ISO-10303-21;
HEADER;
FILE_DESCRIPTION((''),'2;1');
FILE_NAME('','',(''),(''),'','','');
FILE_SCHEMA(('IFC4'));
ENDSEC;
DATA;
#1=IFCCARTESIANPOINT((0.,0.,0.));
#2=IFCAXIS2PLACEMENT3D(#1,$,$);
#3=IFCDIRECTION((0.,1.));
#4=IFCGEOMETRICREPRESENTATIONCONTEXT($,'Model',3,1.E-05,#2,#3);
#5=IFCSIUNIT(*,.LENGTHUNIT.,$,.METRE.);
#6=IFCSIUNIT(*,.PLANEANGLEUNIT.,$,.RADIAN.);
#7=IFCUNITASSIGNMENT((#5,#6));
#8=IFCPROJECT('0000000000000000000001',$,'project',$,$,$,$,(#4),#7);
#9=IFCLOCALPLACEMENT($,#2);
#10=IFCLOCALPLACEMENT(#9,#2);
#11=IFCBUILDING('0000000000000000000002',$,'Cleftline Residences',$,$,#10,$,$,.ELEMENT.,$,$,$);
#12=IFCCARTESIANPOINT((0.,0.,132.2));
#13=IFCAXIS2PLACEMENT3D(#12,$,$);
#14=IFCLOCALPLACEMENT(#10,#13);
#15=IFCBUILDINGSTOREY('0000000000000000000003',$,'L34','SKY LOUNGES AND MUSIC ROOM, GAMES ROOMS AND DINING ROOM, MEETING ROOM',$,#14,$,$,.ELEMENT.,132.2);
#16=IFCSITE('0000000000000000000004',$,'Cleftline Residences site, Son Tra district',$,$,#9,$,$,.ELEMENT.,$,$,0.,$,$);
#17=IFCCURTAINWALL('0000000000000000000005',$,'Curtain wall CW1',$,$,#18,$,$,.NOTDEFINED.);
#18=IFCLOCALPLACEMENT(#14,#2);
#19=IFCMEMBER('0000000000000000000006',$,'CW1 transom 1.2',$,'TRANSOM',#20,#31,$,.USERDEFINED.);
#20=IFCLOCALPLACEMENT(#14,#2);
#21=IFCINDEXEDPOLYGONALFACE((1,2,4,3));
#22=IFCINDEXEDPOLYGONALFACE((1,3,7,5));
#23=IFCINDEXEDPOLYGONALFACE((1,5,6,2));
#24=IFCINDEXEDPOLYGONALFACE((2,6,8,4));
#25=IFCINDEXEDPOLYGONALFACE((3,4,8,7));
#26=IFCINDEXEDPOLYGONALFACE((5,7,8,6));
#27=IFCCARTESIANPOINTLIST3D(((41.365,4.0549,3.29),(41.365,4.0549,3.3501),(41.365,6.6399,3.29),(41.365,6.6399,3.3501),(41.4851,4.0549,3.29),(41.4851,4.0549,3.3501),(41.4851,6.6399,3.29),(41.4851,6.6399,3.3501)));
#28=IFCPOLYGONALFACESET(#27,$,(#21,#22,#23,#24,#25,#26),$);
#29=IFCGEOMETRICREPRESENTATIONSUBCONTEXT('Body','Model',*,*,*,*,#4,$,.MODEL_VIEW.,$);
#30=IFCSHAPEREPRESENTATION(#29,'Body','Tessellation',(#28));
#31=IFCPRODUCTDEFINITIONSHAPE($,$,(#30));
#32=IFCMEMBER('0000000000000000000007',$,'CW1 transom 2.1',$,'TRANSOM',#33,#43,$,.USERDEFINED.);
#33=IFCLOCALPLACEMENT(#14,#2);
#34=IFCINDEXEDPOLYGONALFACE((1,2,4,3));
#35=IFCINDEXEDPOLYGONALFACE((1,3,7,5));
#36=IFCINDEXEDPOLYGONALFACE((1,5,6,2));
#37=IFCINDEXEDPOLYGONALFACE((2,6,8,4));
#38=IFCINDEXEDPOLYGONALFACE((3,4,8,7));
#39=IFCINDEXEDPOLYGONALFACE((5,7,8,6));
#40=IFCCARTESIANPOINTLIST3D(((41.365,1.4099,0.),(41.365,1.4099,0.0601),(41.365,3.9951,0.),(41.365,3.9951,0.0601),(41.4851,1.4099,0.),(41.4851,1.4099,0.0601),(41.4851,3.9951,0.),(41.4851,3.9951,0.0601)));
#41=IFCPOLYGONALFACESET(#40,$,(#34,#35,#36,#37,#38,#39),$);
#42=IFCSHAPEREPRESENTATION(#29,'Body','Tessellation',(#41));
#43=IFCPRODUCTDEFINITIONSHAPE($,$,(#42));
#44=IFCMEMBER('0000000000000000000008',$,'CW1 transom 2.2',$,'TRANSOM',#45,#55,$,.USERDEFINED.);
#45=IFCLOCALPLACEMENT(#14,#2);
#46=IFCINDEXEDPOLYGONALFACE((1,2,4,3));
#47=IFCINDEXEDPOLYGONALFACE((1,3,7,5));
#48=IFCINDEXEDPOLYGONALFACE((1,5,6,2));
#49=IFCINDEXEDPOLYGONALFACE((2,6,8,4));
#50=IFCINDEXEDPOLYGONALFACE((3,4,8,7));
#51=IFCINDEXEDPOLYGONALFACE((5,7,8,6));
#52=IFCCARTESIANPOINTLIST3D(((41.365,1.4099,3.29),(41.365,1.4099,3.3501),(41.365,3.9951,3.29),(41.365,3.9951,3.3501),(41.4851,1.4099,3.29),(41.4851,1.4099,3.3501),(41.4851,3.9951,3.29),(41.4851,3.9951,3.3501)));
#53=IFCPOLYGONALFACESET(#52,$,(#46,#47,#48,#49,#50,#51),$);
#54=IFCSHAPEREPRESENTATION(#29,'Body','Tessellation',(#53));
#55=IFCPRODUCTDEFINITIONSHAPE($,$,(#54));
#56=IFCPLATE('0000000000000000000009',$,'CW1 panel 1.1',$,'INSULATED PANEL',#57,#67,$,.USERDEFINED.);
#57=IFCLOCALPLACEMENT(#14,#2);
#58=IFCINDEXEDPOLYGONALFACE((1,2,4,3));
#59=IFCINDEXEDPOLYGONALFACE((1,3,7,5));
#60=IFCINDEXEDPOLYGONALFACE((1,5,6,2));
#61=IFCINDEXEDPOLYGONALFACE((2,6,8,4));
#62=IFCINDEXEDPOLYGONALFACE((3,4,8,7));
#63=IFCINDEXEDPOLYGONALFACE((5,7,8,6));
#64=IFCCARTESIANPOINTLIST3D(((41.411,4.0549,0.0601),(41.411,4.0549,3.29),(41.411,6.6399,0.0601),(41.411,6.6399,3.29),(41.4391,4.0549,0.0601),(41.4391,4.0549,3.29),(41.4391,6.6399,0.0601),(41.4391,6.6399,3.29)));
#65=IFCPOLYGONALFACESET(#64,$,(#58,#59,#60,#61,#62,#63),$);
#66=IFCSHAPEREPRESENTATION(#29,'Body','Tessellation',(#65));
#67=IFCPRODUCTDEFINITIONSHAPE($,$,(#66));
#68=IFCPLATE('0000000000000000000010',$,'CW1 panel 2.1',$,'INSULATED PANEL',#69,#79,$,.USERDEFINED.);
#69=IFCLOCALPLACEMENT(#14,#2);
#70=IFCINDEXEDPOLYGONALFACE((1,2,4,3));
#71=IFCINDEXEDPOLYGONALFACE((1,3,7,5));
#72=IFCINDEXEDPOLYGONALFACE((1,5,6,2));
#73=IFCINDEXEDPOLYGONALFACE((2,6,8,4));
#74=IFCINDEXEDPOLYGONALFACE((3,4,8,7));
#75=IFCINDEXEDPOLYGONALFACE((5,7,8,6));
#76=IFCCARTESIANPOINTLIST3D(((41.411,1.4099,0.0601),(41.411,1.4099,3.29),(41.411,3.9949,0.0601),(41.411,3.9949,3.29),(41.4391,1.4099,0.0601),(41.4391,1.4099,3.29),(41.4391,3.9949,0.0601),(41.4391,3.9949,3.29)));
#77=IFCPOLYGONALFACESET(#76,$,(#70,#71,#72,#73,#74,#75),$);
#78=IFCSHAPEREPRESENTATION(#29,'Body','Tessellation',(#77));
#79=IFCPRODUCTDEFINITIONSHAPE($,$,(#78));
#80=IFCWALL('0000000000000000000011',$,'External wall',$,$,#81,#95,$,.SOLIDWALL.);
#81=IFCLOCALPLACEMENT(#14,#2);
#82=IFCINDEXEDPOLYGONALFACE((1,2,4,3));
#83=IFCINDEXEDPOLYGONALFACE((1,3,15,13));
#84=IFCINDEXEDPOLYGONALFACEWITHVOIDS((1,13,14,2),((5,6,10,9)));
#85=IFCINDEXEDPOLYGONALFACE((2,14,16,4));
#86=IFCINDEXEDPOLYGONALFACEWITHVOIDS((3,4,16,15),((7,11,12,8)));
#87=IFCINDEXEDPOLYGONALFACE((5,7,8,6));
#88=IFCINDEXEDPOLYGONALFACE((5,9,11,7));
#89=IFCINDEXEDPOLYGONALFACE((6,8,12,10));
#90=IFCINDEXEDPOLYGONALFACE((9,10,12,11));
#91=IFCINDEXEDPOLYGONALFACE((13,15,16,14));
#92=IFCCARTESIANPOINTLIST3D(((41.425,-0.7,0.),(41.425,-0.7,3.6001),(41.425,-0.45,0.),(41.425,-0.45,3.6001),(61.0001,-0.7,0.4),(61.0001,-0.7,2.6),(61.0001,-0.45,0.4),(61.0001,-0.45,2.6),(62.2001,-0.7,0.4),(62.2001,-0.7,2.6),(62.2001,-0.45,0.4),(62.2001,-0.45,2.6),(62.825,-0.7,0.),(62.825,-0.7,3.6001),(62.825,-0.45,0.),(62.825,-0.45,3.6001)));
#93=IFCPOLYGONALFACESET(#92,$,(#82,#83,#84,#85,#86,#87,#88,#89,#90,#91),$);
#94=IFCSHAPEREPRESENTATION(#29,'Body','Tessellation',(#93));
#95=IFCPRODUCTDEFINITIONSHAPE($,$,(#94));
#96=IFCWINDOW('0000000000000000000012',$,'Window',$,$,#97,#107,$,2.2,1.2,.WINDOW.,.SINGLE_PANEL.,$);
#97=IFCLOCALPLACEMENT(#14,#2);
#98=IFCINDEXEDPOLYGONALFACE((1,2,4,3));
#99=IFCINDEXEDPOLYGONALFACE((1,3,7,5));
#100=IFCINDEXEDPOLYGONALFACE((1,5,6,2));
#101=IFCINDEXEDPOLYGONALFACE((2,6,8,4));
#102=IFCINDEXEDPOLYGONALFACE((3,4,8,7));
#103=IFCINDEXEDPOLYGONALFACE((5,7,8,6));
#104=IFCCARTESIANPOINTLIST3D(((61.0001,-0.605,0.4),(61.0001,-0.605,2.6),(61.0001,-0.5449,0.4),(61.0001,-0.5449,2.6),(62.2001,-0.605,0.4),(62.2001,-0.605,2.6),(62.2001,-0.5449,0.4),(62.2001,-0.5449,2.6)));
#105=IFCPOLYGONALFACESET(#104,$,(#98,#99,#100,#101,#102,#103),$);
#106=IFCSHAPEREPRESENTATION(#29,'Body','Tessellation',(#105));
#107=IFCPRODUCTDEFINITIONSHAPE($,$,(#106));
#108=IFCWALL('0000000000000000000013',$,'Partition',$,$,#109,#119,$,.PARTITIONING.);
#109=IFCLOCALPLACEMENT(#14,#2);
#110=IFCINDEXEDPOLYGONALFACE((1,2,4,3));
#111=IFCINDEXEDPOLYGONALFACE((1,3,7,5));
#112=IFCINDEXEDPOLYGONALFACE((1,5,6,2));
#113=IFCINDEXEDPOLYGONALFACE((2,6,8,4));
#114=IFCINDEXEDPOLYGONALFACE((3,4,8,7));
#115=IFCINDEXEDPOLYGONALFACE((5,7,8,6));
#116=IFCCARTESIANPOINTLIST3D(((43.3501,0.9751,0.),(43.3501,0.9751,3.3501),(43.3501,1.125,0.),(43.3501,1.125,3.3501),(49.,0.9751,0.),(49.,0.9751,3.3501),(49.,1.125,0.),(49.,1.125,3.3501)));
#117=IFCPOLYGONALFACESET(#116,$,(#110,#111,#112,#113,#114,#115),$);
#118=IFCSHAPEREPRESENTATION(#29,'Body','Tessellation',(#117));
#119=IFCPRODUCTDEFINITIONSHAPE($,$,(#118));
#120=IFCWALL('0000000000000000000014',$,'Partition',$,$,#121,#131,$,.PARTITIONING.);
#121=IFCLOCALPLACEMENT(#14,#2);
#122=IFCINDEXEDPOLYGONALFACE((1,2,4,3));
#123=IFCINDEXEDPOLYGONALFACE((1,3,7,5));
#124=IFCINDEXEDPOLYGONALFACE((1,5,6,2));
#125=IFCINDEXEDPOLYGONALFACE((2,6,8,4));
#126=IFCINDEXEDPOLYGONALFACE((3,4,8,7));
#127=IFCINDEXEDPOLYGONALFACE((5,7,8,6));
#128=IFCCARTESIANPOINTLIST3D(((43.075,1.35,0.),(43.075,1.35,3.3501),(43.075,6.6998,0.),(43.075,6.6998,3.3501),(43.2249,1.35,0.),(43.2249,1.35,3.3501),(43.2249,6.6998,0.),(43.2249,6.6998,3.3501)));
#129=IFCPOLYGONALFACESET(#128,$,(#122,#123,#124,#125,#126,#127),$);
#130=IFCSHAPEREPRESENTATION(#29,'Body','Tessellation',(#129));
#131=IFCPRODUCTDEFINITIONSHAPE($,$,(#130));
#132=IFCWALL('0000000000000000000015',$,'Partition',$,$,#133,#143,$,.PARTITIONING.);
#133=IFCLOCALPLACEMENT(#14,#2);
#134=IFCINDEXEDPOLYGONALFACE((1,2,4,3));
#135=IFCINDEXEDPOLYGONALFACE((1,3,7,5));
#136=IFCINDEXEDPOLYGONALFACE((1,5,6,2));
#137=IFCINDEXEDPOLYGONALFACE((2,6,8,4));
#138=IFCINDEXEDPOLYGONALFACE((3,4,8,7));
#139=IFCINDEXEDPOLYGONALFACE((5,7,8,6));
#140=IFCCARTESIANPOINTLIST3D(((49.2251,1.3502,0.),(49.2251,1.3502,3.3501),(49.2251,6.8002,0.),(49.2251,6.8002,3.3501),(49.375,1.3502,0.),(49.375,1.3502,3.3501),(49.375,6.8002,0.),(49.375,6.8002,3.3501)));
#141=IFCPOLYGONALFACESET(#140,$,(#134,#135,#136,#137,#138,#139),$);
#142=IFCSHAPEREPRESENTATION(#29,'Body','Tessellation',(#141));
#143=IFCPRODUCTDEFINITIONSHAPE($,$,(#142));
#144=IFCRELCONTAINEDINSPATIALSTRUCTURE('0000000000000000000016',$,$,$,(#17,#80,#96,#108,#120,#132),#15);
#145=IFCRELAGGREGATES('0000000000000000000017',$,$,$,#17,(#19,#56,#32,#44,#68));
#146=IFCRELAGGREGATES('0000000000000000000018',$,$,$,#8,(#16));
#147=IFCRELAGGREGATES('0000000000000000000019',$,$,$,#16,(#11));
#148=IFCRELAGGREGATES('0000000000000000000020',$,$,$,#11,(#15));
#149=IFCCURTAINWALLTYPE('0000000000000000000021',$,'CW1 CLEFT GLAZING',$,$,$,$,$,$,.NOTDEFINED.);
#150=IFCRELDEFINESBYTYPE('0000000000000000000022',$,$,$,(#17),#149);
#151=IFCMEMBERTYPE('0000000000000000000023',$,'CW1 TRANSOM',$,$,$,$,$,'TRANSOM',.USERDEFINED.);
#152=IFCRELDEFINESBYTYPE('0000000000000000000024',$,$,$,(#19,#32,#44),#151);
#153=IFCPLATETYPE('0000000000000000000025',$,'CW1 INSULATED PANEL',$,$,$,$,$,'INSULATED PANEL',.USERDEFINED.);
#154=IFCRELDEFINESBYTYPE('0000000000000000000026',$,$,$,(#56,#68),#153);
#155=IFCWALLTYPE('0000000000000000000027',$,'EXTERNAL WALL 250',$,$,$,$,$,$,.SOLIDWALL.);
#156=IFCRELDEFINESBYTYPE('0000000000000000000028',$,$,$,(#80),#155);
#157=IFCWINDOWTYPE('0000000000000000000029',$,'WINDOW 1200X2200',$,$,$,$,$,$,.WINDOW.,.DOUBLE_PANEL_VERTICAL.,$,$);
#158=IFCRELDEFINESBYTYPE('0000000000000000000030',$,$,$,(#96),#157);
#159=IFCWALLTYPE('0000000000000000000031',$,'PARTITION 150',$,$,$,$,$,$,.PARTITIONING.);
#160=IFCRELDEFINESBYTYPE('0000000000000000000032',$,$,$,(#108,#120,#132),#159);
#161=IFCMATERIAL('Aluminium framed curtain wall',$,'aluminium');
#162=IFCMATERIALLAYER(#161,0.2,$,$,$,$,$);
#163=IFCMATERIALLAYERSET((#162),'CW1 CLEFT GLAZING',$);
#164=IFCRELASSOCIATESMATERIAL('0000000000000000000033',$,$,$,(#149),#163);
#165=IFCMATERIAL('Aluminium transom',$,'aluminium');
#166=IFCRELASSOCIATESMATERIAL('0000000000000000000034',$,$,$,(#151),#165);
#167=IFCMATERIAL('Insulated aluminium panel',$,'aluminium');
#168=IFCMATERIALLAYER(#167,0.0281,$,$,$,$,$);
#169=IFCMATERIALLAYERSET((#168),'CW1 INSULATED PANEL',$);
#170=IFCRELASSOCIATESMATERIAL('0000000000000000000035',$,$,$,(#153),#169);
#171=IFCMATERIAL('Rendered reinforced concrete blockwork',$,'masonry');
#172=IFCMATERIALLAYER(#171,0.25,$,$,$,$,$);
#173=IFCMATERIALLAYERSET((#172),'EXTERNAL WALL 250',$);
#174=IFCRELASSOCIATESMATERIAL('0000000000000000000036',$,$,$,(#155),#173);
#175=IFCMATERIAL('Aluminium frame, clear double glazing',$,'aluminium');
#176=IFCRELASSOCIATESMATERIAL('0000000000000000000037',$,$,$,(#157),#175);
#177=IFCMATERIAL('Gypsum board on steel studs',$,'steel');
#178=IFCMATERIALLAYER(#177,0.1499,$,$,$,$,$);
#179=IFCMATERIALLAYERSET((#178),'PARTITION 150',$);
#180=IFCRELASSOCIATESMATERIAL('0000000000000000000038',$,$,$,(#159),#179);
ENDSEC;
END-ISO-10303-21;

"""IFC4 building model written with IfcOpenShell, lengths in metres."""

from ifc_helpers import new_model, si_unit, direction, frame, frame_2d, origin, origin_2d, place, context, subcontext, project, spatial, rectangle, extrude, material, layer, layer_set, material_profile, profile_set, type_object, element, fill, aggregate, save


model = new_model("IFC4")

# Units and contexts
model_context = context("Model", 3, precision=1e-05, world=origin(), true_north=direction((0.0, 1.0)))
body_context = subcontext(model_context, "Body", "Model", "MODEL_VIEW")
ifc_project = project(units=[si_unit("LENGTHUNIT", "METRE"), si_unit("PLANEANGLEUNIT", "RADIAN")], contexts=[model_context])

# Site, building, storey
site_placement = place(None, origin())
site = spatial("IfcSite", under=ifc_project, at=site_placement, Name="Cleftline Residences site, Son Tra district", CompositionType="ELEMENT", RefElevation=0.0)
building_placement = place(site_placement, origin())
building = spatial("IfcBuilding", under=site, at=building_placement, Name="Cleftline Residences", CompositionType="ELEMENT")
storey_placement = place(building_placement, frame((0.0, 0.0, 132.2)))
storey = spatial("IfcBuildingStorey", under=building, at=storey_placement, Name="L34", Description="SKY LOUNGES AND MUSIC ROOM, GAMES ROOMS AND DINING ROOM, MEETING ROOM", CompositionType="ELEMENT", Elevation=132.2)

# Curtain wall, members, plates
ifc_material_1 = material(Name="Aluminium framed curtain wall", Category="aluminium")
ifc_layer_1 = layer(ifc_material_1, 0.2)
ifc_layer_set_1 = layer_set([ifc_layer_1], Name="CW1 CLEFT GLAZING")
curtain_wall_type = type_object("IfcCurtainWallType", Name="CW1 CLEFT GLAZING", PredefinedType="NOTDEFINED", material=ifc_layer_set_1)
curtain_wall_placement = place(storey_placement, origin())
curtain_wall = element("IfcCurtainWall", 1, at=curtain_wall_placement, inside=storey, type_object=curtain_wall_type, Name="Curtain wall CW1", PredefinedType="NOTDEFINED")
ifc_material_2 = material(Name="Aluminium transom", Category="aluminium")
ifc_material_profile_1 = material_profile(ifc_material_2, rectangle(XDim=0.1201, YDim=0.0601, at=origin_2d()))
ifc_profile_set_1 = profile_set([ifc_material_profile_1], Name="Aluminium transom")
member_type_1 = type_object("IfcMemberType", Name="CW1 TRANSOM", ElementType="TRANSOM", PredefinedType="USERDEFINED", material=ifc_profile_set_1)
member_1_placement = place(storey_placement, frame((41.425, 6.6399, 3.3201), z_axis=(0.0, -1.0, 0.0), x_axis=(1.0, 0.0, 0.0)))
member_1 = element("IfcMember", 2, at=member_1_placement, type_object=member_type_1, Name="CW1 transom 1.2", ObjectType="TRANSOM", PredefinedType="USERDEFINED", context=body_context, shape_type="SweptSolid", body=[
    extrude(rectangle(XDim=0.1201, YDim=0.0601, at=origin_2d()), origin(), (0.0, 0.0, 1.0), 2.585),
])
member_2_placement = place(storey_placement, frame((41.425, 3.9951, 0.03), z_axis=(0.0, -1.0, 0.0), x_axis=(1.0, 0.0, 0.0)))
member_2 = element("IfcMember", 3, at=member_2_placement, type_object=member_type_1, Name="CW1 transom 2.1", ObjectType="TRANSOM", PredefinedType="USERDEFINED", context=body_context, shape_type="SweptSolid", body=[
    extrude(rectangle(XDim=0.1201, YDim=0.0601, at=origin_2d()), origin(), (0.0, 0.0, 1.0), 2.5852),
])
member_3_placement = place(storey_placement, frame((41.425, 3.9951, 3.3201), z_axis=(0.0, -1.0, 0.0), x_axis=(1.0, 0.0, 0.0)))
member_3 = element("IfcMember", 4, at=member_3_placement, type_object=member_type_1, Name="CW1 transom 2.2", ObjectType="TRANSOM", PredefinedType="USERDEFINED", context=body_context, shape_type="SweptSolid", body=[
    extrude(rectangle(XDim=0.1201, YDim=0.0601, at=origin_2d()), origin(), (0.0, 0.0, 1.0), 2.5852),
])
ifc_material_3 = material(Name="Insulated aluminium panel", Category="aluminium")
ifc_layer_2 = layer(ifc_material_3, 0.0281)
ifc_layer_set_2 = layer_set([ifc_layer_2], Name="CW1 INSULATED PANEL")
plate_type = type_object("IfcPlateType", Name="CW1 INSULATED PANEL", ElementType="INSULATED PANEL", PredefinedType="USERDEFINED", material=ifc_layer_set_2)
plate_1_placement = place(storey_placement, frame((41.425, 5.3474, 0.0601), z_axis=(0.0, 0.0, 1.0), x_axis=(0.0, -1.0, 0.0)))
plate_1 = element("IfcPlate", 5, at=plate_1_placement, type_object=plate_type, Name="CW1 panel 1.1", ObjectType="INSULATED PANEL", PredefinedType="USERDEFINED", context=body_context, shape_type="SweptSolid", body=[
    extrude(rectangle(XDim=2.585, YDim=0.0281, at=origin_2d()), origin(), (0.0, 0.0, 1.0), 3.23),
])
plate_2_placement = place(storey_placement, frame((41.425, 2.7024, 0.0601), z_axis=(0.0, 0.0, 1.0), x_axis=(0.0, -1.0, 0.0)))
plate_2 = element("IfcPlate", 6, at=plate_2_placement, type_object=plate_type, Name="CW1 panel 2.1", ObjectType="INSULATED PANEL", PredefinedType="USERDEFINED", context=body_context, shape_type="SweptSolid", body=[
    extrude(rectangle(XDim=2.585, YDim=0.0281, at=origin_2d()), origin(), (0.0, 0.0, 1.0), 3.23),
])
aggregate(curtain_wall, [member_1, plate_1, member_2, member_3, plate_2])

# Wall, opening, window
ifc_material_4 = material(Name="Rendered reinforced concrete blockwork", Category="masonry")
ifc_layer_3 = layer(ifc_material_4, 0.25)
ifc_layer_set_3 = layer_set([ifc_layer_3], Name="EXTERNAL WALL 250")
wall_type_1 = type_object("IfcWallType", Name="EXTERNAL WALL 250", PredefinedType="SOLIDWALL", material=ifc_layer_set_3)
wall_1_placement = place(storey_placement, frame((41.425, -0.575, 0.0), z_axis=(0.0, 0.0, 1.0), x_axis=(1.0, 0.0, 0.0)))
wall_1 = element("IfcWall", 7, at=wall_1_placement, inside=storey, type_object=wall_type_1, Name="External wall", PredefinedType="SOLIDWALL", context=body_context, shape_type="SweptSolid", body=[
    extrude(rectangle(XDim=21.3999, YDim=0.25, at=frame_2d((10.7, 0.0))), origin(), (0.0, 0.0, 1.0), 3.6001),
])
opening_placement = place(wall_1_placement, frame((19.575, 0.0, 0.3999)))
opening = element("IfcOpeningElement", 8, at=opening_placement, cuts=wall_1, PredefinedType="OPENING", context=body_context, shape_type="SweptSolid", body=[
    extrude(rectangle(XDim=1.2, YDim=2.2, at=frame_2d((0.6001, 1.1001))), frame((0.0, 0.135, 0.0), z_axis=(0.0, -1.0, 0.0), x_axis=(1.0, 0.0, 0.0)), (0.0, 0.0, 1.0), 0.27),
])
ifc_material_5 = material(Name="Aluminium frame, clear double glazing", Category="aluminium")
window_type = type_object("IfcWindowType", Name="WINDOW 1200X2200", PartitioningType="DOUBLE_PANEL_VERTICAL", PredefinedType="WINDOW", material=ifc_material_5)
window_placement = place(opening_placement, origin())
window = element("IfcWindow", 9, at=window_placement, inside=storey, type_object=window_type, Name="Window", OverallHeight=2.2, OverallWidth=1.2, PartitioningType="SINGLE_PANEL", PredefinedType="WINDOW", context=body_context, shape_type="SweptSolid", body=[
    extrude(rectangle(XDim=1.2, YDim=2.2, at=frame_2d((0.6001, 1.1001))), frame((0.0, 0.03, 0.0), z_axis=(0.0, -1.0, 0.0), x_axis=(1.0, 0.0, 0.0)), (0.0, 0.0, 1.0), 0.0601),
])
fill(opening, window)

# Walls
ifc_material_6 = material(Name="Gypsum board on steel studs", Category="steel")
ifc_layer_4 = layer(ifc_material_6, 0.1499)
ifc_layer_set_4 = layer_set([ifc_layer_4], Name="PARTITION 150")
wall_type_2 = type_object("IfcWallType", Name="PARTITION 150", PredefinedType="PARTITIONING", material=ifc_layer_set_4)
wall_2_placement = place(storey_placement, frame((43.3501, 1.05, 0.0), z_axis=(0.0, 0.0, 1.0), x_axis=(1.0, 0.0, 0.0)))
element("IfcWall", 10, at=wall_2_placement, inside=storey, type_object=wall_type_2, Name="Partition", PredefinedType="PARTITIONING", context=body_context, shape_type="SweptSolid", body=[
    extrude(rectangle(XDim=5.6499, YDim=0.1499, at=frame_2d((2.825, 0.0))), origin(), (0.0, 0.0, 1.0), 3.3501),
])
wall_3_placement = place(storey_placement, frame((43.1499, 1.3501, 0.0), z_axis=(0.0, 0.0, 1.0), x_axis=(0.0, 1.0, 0.0)))
element("IfcWall", 11, at=wall_3_placement, inside=storey, type_object=wall_type_2, Name="Partition", PredefinedType="PARTITIONING", context=body_context, shape_type="SweptSolid", body=[
    extrude(rectangle(XDim=5.3499, YDim=0.1499, at=frame_2d((2.6748, 0.0))), origin(), (0.0, 0.0, 1.0), 3.3501),
])
wall_4_placement = place(storey_placement, frame((49.3, 1.3501, 0.0), z_axis=(0.0, 0.0, 1.0), x_axis=(0.0, 1.0, 0.0)))
element("IfcWall", 12, at=wall_4_placement, inside=storey, type_object=wall_type_2, Name="Partition", PredefinedType="PARTITIONING", context=body_context, shape_type="SweptSolid", body=[
    extrude(rectangle(XDim=5.45, YDim=0.1499, at=frame_2d((2.7251, 0.0))), origin(), (0.0, 0.0, 1.0), 3.3501),
])

save(model, "model.ifc")
